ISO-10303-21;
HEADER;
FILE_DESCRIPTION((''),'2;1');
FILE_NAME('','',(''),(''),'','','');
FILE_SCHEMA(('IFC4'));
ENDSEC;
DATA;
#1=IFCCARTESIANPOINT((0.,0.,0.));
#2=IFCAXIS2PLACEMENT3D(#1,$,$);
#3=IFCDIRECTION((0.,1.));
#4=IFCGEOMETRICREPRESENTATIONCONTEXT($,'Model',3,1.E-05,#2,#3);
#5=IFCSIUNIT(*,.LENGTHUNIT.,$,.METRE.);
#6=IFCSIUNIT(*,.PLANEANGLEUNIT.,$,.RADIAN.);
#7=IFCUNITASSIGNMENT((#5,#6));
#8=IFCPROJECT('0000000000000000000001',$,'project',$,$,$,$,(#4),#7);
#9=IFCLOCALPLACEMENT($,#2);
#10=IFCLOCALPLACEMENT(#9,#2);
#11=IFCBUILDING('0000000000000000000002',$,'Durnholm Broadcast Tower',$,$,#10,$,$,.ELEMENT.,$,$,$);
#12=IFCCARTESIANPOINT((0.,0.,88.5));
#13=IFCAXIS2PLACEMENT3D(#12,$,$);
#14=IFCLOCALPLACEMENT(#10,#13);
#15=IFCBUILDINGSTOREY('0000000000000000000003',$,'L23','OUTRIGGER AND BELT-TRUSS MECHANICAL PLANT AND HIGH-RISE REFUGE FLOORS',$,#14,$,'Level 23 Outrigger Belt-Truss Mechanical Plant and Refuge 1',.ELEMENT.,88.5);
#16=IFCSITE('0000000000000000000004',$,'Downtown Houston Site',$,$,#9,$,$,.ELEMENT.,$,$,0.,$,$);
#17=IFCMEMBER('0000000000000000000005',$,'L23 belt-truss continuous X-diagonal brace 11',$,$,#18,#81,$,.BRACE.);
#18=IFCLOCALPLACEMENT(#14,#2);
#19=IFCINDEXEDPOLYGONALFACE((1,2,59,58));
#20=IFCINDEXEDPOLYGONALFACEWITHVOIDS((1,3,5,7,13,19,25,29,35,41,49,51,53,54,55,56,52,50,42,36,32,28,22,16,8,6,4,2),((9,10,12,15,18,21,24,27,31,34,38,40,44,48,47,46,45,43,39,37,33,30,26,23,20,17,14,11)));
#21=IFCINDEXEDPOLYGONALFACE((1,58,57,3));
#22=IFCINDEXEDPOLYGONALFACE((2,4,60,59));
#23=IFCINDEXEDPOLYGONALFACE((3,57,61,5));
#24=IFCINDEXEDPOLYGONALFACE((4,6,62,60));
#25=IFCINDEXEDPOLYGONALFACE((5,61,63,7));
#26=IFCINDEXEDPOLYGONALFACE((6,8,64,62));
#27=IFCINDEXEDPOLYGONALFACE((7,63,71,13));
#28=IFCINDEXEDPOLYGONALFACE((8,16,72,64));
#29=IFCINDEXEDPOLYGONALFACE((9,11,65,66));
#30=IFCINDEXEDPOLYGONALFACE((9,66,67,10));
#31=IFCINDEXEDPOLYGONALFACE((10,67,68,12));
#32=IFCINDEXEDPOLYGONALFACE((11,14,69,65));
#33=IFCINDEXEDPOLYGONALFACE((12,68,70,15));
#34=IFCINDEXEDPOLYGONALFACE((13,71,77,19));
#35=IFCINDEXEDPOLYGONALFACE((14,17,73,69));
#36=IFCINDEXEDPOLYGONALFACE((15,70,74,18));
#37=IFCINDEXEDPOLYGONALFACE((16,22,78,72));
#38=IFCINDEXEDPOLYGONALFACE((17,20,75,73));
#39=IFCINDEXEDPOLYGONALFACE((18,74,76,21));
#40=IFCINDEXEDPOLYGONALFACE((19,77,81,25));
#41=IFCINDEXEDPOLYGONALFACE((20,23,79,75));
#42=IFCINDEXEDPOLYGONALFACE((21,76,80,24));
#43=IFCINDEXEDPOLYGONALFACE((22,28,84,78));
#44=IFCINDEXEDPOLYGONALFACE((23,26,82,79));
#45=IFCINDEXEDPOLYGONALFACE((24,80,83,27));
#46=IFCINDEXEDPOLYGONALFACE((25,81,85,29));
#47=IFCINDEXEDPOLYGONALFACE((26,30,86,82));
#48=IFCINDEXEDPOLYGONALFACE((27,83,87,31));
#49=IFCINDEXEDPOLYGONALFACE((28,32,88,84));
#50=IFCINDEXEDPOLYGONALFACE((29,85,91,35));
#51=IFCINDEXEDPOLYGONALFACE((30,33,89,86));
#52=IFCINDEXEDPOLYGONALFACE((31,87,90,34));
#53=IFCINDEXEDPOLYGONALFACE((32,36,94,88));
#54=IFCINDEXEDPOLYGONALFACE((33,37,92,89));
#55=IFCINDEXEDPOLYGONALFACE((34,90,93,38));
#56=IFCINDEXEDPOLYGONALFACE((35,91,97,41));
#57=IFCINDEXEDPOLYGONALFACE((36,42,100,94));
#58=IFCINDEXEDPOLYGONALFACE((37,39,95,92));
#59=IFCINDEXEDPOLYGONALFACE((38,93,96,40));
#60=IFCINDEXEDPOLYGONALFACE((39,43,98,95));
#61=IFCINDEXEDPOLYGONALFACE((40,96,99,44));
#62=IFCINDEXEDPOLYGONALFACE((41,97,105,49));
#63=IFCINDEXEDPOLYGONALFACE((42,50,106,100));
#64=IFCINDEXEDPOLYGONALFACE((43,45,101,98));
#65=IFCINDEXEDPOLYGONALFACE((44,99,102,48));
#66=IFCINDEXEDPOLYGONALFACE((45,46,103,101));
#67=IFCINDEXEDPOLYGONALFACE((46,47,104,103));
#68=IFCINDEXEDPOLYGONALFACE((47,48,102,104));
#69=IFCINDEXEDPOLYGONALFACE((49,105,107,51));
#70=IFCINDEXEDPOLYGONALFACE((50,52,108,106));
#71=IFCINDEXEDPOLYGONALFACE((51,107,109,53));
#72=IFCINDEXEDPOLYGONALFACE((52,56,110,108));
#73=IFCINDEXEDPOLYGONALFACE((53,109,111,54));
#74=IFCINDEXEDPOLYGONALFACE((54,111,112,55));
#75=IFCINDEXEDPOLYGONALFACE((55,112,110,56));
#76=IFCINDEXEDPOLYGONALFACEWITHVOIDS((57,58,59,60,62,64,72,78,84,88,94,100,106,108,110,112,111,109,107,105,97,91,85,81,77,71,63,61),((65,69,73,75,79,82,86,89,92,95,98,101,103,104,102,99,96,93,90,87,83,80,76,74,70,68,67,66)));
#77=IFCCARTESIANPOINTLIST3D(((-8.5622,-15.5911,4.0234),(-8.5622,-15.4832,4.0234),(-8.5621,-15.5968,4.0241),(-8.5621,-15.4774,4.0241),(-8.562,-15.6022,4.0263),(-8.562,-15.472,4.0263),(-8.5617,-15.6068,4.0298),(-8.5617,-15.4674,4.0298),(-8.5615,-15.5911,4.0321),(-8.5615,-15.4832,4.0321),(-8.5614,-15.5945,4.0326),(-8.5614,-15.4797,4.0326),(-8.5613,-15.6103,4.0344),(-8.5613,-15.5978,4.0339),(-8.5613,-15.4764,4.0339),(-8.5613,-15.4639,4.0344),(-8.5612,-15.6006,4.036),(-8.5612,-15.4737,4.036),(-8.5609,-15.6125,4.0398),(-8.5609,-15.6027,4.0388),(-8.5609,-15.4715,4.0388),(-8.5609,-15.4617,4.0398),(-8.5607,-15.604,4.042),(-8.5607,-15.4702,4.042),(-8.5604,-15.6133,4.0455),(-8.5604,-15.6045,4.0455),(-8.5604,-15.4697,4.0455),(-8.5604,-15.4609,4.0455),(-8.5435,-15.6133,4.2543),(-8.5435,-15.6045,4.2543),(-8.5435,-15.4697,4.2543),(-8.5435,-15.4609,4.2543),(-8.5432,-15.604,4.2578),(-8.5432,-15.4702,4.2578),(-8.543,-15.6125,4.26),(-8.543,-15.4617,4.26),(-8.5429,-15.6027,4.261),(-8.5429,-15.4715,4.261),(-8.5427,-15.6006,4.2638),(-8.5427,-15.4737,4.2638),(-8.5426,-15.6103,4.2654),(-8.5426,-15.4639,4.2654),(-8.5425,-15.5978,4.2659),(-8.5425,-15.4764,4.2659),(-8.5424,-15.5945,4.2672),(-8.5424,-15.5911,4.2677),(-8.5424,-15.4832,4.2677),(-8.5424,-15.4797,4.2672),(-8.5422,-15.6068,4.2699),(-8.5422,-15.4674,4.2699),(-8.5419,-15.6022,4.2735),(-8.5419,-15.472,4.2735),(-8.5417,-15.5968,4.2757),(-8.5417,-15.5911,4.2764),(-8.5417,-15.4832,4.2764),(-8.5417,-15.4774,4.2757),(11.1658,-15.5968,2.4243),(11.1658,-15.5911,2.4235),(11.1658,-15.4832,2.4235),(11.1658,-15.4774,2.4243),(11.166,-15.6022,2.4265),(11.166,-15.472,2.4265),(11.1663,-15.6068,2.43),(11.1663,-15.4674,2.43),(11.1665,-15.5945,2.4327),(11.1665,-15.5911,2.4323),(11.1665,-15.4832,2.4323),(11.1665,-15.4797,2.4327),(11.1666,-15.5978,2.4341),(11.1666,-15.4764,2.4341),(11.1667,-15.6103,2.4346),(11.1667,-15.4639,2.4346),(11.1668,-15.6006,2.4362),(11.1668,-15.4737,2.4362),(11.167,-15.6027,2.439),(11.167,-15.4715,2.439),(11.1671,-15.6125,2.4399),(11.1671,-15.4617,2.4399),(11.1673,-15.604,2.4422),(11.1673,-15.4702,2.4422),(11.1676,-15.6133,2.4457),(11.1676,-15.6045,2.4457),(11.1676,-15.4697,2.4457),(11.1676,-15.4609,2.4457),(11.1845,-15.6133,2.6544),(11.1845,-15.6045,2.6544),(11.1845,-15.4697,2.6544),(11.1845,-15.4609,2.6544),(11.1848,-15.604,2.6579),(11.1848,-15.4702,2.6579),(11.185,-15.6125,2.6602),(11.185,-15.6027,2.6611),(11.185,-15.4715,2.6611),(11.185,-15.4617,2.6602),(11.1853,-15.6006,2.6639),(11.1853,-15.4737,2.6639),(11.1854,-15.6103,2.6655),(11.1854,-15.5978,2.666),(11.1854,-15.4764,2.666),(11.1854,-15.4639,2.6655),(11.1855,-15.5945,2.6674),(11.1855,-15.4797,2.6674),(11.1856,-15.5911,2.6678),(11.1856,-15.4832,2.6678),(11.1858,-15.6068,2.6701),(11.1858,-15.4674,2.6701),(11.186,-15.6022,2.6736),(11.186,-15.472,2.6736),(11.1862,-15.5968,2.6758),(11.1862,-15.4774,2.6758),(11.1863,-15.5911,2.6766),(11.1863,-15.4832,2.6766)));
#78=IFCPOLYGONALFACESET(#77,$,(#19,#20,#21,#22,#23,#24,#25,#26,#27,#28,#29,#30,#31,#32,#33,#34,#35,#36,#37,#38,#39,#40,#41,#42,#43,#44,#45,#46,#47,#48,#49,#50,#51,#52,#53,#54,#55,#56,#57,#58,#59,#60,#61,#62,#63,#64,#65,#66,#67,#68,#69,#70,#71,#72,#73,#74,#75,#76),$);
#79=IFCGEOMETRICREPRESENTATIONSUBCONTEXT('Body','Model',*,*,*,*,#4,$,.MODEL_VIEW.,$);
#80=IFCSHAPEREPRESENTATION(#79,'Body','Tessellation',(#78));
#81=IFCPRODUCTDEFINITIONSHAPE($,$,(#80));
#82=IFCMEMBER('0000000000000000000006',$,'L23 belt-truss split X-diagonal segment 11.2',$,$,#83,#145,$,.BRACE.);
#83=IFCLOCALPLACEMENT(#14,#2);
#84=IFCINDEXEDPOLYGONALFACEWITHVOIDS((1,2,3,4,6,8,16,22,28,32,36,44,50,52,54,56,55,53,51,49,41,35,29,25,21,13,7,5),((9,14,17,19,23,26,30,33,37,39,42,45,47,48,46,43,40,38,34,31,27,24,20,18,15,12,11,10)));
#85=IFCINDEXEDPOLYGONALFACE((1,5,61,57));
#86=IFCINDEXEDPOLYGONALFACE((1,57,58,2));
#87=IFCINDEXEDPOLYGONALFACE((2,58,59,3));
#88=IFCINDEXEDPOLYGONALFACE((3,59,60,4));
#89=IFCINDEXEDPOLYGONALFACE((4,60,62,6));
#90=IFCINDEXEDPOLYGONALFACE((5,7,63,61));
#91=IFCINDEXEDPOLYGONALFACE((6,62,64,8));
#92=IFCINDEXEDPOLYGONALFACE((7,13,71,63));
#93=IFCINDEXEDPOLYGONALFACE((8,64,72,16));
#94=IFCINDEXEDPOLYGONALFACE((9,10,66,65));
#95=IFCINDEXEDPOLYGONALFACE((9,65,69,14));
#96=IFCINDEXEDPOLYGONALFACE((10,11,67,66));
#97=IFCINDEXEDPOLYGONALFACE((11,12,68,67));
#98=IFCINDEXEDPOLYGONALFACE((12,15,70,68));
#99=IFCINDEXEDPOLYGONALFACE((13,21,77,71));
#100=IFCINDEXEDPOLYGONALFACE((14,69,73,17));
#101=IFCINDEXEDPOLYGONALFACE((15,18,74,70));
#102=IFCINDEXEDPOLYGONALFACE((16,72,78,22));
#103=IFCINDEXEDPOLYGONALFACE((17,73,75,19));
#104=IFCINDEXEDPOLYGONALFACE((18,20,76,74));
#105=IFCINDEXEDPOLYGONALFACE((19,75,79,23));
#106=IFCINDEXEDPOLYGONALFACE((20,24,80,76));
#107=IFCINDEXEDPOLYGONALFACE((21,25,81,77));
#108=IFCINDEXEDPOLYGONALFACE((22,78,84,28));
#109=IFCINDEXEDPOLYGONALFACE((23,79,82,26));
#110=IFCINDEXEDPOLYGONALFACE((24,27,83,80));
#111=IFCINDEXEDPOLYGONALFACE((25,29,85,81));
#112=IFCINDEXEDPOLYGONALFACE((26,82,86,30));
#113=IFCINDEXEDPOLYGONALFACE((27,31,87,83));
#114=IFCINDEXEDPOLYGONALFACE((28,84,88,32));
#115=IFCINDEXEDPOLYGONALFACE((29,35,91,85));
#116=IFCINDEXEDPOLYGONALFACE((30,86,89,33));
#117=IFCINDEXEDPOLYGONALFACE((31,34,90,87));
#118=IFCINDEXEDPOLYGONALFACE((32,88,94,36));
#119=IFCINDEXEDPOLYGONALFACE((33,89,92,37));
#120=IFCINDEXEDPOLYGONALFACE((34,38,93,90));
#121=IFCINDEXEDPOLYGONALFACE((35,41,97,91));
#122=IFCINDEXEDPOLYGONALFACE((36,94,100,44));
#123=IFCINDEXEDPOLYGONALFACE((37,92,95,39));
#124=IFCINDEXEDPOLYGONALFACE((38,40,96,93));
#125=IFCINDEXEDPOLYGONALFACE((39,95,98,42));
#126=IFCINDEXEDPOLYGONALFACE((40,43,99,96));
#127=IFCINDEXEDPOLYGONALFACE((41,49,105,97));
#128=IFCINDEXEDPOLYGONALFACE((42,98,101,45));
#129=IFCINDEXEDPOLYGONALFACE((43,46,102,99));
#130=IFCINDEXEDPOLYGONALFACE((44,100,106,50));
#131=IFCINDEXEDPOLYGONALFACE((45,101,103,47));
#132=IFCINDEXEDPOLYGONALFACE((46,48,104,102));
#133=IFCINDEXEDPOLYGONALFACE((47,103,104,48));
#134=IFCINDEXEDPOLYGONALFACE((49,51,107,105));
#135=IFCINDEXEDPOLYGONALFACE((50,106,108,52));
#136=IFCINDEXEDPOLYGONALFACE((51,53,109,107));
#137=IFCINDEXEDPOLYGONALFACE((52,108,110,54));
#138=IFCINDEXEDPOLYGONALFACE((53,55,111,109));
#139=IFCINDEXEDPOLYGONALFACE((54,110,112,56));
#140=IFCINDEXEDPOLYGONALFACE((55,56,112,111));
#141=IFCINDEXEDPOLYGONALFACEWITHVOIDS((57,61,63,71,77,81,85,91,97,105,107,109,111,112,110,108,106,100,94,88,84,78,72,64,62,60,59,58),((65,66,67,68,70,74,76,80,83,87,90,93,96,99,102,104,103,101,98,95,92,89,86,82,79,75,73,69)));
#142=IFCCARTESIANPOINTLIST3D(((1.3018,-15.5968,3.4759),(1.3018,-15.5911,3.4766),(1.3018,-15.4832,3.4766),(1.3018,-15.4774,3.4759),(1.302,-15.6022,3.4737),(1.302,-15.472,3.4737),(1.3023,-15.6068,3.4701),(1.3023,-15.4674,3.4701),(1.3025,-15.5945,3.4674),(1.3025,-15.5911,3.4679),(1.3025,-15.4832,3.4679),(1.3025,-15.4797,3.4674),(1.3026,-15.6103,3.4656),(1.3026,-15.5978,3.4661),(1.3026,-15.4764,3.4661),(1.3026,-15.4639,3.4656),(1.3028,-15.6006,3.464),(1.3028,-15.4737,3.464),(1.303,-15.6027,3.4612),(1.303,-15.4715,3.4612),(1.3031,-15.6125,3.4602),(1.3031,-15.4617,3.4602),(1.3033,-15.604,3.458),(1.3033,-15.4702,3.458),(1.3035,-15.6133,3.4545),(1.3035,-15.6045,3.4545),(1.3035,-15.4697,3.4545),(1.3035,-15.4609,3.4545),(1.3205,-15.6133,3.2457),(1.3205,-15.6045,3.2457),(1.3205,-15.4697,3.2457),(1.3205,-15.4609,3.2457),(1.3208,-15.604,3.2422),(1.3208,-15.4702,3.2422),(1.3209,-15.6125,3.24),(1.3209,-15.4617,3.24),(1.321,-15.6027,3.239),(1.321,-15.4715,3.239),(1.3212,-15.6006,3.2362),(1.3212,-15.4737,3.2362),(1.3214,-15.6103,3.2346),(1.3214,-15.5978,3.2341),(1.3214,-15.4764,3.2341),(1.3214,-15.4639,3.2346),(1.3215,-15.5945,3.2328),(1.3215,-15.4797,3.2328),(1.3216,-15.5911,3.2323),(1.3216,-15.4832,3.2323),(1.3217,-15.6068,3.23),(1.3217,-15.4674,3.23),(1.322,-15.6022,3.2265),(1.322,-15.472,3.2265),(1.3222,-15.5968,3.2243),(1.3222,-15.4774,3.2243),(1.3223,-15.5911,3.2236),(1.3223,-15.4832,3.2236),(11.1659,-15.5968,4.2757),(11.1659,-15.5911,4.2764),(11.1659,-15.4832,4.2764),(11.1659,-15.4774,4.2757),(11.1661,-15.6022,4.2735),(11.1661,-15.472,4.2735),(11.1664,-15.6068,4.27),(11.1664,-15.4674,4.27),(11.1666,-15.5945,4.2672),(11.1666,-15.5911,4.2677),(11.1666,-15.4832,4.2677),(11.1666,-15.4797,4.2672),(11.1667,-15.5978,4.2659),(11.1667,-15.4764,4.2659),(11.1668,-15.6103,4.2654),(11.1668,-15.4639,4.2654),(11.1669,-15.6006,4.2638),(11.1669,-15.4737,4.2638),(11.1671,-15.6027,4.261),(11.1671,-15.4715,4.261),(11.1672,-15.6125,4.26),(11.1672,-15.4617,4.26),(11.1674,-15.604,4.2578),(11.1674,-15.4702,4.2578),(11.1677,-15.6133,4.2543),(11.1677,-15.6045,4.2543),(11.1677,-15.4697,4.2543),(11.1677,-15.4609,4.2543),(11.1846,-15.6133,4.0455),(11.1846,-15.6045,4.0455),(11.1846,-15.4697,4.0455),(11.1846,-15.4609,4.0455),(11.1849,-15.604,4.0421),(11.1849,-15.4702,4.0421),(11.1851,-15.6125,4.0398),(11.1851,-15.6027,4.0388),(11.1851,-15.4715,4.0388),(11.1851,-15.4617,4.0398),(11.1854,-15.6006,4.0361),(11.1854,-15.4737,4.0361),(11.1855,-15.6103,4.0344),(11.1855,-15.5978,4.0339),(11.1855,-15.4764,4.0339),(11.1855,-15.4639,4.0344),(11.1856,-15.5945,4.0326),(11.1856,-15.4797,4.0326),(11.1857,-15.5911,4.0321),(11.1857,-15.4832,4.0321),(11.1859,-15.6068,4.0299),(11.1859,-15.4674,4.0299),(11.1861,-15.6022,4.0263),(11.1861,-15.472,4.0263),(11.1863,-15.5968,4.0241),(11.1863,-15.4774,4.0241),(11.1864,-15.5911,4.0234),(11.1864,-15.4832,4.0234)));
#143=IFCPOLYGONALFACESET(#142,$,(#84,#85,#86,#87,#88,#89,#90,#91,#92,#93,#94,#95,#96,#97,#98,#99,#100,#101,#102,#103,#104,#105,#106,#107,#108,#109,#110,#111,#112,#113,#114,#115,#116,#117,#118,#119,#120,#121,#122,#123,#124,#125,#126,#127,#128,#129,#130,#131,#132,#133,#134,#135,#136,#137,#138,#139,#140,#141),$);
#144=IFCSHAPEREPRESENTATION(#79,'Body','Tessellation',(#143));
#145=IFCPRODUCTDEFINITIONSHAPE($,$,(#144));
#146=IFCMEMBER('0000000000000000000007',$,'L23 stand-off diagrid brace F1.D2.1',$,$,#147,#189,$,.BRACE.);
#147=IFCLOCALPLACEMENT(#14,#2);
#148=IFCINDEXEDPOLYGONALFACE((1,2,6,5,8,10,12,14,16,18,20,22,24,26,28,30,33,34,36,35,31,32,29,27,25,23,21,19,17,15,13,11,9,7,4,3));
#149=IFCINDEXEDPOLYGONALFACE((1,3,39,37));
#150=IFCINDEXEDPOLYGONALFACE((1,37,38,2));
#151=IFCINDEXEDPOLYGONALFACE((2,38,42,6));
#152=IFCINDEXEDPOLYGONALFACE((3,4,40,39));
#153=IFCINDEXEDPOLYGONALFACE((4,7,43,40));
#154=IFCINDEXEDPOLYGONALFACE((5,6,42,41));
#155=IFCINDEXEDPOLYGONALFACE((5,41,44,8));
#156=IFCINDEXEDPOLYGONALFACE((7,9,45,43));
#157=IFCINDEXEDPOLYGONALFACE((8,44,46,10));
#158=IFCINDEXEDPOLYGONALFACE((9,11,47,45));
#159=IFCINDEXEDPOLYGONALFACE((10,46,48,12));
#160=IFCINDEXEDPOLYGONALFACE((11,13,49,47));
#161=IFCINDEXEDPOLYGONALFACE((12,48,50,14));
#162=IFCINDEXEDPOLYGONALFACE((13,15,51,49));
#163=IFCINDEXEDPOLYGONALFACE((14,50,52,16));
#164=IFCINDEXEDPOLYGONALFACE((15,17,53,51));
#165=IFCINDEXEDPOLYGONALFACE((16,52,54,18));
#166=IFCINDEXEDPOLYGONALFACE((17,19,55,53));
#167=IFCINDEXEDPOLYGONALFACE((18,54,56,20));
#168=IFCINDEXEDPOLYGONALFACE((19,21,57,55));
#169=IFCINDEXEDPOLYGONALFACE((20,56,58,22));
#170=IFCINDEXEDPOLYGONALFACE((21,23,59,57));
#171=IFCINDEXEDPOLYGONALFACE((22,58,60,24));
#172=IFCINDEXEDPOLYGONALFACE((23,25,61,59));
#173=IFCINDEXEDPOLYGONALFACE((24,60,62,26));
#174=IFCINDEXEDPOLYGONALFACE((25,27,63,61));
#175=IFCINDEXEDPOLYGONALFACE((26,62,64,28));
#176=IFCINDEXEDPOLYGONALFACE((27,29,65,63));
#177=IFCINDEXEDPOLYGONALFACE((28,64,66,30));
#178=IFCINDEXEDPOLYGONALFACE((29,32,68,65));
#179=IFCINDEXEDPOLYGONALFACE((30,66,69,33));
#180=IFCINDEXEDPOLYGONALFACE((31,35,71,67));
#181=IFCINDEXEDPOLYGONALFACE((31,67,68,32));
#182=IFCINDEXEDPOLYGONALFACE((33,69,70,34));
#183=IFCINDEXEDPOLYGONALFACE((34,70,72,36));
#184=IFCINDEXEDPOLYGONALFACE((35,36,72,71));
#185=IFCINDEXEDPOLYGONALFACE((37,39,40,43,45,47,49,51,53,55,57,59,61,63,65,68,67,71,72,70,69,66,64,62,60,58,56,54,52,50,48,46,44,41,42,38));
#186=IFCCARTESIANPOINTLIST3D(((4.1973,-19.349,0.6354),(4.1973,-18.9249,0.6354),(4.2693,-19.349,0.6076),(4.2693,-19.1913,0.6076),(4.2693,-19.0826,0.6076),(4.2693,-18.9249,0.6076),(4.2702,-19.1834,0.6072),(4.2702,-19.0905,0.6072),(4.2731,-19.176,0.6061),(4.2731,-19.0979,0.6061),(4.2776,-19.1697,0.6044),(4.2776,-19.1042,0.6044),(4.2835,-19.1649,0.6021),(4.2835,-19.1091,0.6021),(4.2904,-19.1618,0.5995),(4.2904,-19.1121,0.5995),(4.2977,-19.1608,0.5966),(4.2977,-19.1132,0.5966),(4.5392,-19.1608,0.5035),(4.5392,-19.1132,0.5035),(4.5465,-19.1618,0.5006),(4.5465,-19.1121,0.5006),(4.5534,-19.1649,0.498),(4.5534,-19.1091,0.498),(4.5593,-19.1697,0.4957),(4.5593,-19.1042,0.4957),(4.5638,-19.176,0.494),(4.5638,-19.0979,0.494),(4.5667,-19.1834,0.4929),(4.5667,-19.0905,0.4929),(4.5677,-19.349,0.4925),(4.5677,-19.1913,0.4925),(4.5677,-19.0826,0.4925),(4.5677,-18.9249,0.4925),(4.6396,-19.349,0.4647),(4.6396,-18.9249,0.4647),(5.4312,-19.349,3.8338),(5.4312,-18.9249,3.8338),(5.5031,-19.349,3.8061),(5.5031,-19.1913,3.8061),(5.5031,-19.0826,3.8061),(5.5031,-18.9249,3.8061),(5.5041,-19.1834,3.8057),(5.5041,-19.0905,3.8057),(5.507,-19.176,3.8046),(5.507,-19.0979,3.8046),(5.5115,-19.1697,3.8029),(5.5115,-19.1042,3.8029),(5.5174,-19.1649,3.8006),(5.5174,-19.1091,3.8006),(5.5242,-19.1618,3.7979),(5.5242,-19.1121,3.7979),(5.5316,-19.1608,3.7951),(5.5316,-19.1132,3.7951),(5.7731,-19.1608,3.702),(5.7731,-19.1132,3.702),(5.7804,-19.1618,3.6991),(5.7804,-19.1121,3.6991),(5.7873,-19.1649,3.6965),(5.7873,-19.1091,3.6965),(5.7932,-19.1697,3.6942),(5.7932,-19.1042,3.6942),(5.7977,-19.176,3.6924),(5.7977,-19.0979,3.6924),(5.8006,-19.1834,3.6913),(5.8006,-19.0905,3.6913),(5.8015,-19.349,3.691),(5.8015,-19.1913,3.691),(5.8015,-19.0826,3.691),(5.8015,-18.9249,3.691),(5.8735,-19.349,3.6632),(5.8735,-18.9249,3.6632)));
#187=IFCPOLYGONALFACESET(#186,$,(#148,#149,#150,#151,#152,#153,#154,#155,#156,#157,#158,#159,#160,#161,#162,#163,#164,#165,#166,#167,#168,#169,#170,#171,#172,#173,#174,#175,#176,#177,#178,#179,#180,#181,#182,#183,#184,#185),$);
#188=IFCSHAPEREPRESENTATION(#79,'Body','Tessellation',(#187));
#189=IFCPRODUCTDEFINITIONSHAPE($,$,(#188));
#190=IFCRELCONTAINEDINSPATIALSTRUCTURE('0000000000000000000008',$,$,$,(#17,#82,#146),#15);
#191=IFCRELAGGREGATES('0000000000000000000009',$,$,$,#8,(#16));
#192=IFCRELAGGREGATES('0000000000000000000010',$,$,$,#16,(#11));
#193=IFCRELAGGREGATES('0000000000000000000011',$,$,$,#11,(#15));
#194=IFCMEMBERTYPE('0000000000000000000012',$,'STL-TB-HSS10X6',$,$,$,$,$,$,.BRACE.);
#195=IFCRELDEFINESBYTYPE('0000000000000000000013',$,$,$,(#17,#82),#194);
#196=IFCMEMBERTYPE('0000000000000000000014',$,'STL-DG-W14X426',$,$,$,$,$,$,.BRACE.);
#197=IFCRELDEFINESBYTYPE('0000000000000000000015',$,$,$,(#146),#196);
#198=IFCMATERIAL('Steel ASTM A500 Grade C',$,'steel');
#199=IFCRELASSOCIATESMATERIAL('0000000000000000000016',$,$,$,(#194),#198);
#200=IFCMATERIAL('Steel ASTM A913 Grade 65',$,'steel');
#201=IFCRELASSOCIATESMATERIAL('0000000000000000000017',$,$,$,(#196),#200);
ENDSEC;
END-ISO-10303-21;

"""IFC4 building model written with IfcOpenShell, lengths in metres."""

from ifc_helpers import new_model, si_unit, direction, frame, origin, origin_2d, place, context, subcontext, project, spatial, hollow_rectangle, i_section, extrude, source, transform, mapped, material, material_profile, profile_set, type_object, type_shapes, element, save


model = new_model("IFC4")

# Units and contexts
model_context = context("Model", 3, precision=1e-05, world=origin(), true_north=direction((0.0, 1.0)))
body_context = subcontext(model_context, "Body", "Model", "MODEL_VIEW")
ifc_project = project(units=[si_unit("LENGTHUNIT", "METRE"), si_unit("PLANEANGLEUNIT", "RADIAN")], contexts=[model_context])

# Site, building, storey
site_placement = place(None, origin())
site = spatial("IfcSite", under=ifc_project, at=site_placement, Name="Downtown Houston Site", CompositionType="ELEMENT", RefElevation=0.0)
building_placement = place(site_placement, origin())
building = spatial("IfcBuilding", under=site, at=building_placement, Name="Durnholm Broadcast Tower", CompositionType="ELEMENT")
storey_placement = place(building_placement, frame((0.0, 0.0, 88.5)))
storey = spatial("IfcBuildingStorey", under=building, at=storey_placement, Name="L23", Description="OUTRIGGER AND BELT-TRUSS MECHANICAL PLANT AND HIGH-RISE REFUGE FLOORS", LongName="Level 23 Outrigger Belt-Truss Mechanical Plant and Refuge 1", CompositionType="ELEMENT", Elevation=88.5)

# Members
ifc_material_1 = material(Name="Steel ASTM A500 Grade C", Category="steel")
ifc_material_profile_1 = material_profile(ifc_material_1, hollow_rectangle(XDim=0.1523, YDim=0.2539, WallThickness=0.0088, InnerFilletRadius=0.0134, OuterFilletRadius=0.0222, at=origin_2d()), Name="HSS10X6X3/8")
ifc_profile_set_1 = profile_set([ifc_material_profile_1], Name="Steel ASTM A500 Grade C")
member_type_1 = type_object("IfcMemberType", Name="STL-TB-HSS10X6", PredefinedType="BRACE", material=ifc_profile_set_1)
shared_shape_1 = source(origin(), body_context, "Body", "SweptSolid", [
    extrude(hollow_rectangle(XDim=0.1523, YDim=0.2539, WallThickness=0.0088, InnerFilletRadius=0.0134, OuterFilletRadius=0.0222, at=origin_2d()), origin(), (0.0, 0.0, 1.0), 19.7927),
])
member_1_placement = place(storey_placement, frame((11.176, -15.5371, 2.55), z_axis=(-0.996728, 0.0, 0.08083), x_axis=(0.0, -1.0, 0.0)))
element("IfcMember", 1, at=member_1_placement, inside=storey, type_object=member_type_1, Name="L23 belt-truss continuous X-diagonal brace 11", PredefinedType="BRACE", context=body_context, shape_type="MappedRepresentation", body=[
    mapped(shared_shape_1, transform((0.0, 0.0, 0.0), x_axis=(1.0, 0.0, 0.0), y_axis=(0.0, 1.0, 0.0), z_axis=(0.0, 0.0, 1.0), scale=1.0)),
])
shared_shape_2 = source(origin(), body_context, "Body", "SweptSolid", [
    extrude(hollow_rectangle(XDim=0.1523, YDim=0.2539, WallThickness=0.0088, InnerFilletRadius=0.0134, OuterFilletRadius=0.0222, at=origin_2d()), origin(), (0.0, 0.0, 1.0), 9.8965),
])
type_shapes(member_type_1, [shared_shape_1, shared_shape_2])
member_2_placement = place(storey_placement, frame((1.312, -15.5371, 3.3501), z_axis=(0.996729, 0.0, 0.080818), x_axis=(0.0, 1.0, 0.0)))
element("IfcMember", 2, at=member_2_placement, inside=storey, type_object=member_type_1, Name="L23 belt-truss split X-diagonal segment 11.2", PredefinedType="BRACE", context=body_context, shape_type="MappedRepresentation", body=[
    mapped(shared_shape_2, transform((0.0, 0.0, 0.0), x_axis=(1.0, 0.0, 0.0), y_axis=(0.0, 1.0, 0.0), z_axis=(0.0, 0.0, 1.0), scale=1.0)),
])
ifc_material_2 = material(Name="Steel ASTM A913 Grade 65", Category="steel")
ifc_material_profile_2 = material_profile(ifc_material_2, i_section(OverallWidth=0.4241, OverallDepth=0.4741, WebThickness=0.0476, FlangeThickness=0.0771, FilletRadius=0.0305, at=origin_2d()), Name="W14X426")
ifc_profile_set_2 = profile_set([ifc_material_profile_2], Name="Steel ASTM A913 Grade 65")
member_type_2 = type_object("IfcMemberType", Name="STL-DG-W14X426", PredefinedType="BRACE", material=ifc_profile_set_2)
shared_shape_3 = source(origin(), body_context, "Body", "SweptSolid", [
    extrude(i_section(OverallWidth=0.4241, OverallDepth=0.4741, WebThickness=0.0476, FlangeThickness=0.0771, FilletRadius=0.0305, at=origin_2d()), origin(), (0.0, 0.0, 1.0), 3.4282),
])
type_shapes(member_type_2, [shared_shape_3])
for number, where, z_axis, x_axis, name in (
    (3, (4.4185, -19.137, 0.55), (0.359919, 0.0, 0.932984), (0.0, 1.0, 0.0), "L23 stand-off diagrid brace F1.D2.1"),
):
    element("IfcMember", number, at=place(storey_placement, frame(where, z_axis=z_axis, x_axis=x_axis)), inside=storey, type_object=member_type_2, Name=name, PredefinedType="BRACE", context=body_context, shape_type="MappedRepresentation", body=[
        mapped(shared_shape_3, transform((0.0, 0.0, 0.0), x_axis=(1.0, 0.0, 0.0), y_axis=(0.0, 1.0, 0.0), z_axis=(0.0, 0.0, 1.0), scale=1.0)),
    ])

save(model, "model.ifc")
